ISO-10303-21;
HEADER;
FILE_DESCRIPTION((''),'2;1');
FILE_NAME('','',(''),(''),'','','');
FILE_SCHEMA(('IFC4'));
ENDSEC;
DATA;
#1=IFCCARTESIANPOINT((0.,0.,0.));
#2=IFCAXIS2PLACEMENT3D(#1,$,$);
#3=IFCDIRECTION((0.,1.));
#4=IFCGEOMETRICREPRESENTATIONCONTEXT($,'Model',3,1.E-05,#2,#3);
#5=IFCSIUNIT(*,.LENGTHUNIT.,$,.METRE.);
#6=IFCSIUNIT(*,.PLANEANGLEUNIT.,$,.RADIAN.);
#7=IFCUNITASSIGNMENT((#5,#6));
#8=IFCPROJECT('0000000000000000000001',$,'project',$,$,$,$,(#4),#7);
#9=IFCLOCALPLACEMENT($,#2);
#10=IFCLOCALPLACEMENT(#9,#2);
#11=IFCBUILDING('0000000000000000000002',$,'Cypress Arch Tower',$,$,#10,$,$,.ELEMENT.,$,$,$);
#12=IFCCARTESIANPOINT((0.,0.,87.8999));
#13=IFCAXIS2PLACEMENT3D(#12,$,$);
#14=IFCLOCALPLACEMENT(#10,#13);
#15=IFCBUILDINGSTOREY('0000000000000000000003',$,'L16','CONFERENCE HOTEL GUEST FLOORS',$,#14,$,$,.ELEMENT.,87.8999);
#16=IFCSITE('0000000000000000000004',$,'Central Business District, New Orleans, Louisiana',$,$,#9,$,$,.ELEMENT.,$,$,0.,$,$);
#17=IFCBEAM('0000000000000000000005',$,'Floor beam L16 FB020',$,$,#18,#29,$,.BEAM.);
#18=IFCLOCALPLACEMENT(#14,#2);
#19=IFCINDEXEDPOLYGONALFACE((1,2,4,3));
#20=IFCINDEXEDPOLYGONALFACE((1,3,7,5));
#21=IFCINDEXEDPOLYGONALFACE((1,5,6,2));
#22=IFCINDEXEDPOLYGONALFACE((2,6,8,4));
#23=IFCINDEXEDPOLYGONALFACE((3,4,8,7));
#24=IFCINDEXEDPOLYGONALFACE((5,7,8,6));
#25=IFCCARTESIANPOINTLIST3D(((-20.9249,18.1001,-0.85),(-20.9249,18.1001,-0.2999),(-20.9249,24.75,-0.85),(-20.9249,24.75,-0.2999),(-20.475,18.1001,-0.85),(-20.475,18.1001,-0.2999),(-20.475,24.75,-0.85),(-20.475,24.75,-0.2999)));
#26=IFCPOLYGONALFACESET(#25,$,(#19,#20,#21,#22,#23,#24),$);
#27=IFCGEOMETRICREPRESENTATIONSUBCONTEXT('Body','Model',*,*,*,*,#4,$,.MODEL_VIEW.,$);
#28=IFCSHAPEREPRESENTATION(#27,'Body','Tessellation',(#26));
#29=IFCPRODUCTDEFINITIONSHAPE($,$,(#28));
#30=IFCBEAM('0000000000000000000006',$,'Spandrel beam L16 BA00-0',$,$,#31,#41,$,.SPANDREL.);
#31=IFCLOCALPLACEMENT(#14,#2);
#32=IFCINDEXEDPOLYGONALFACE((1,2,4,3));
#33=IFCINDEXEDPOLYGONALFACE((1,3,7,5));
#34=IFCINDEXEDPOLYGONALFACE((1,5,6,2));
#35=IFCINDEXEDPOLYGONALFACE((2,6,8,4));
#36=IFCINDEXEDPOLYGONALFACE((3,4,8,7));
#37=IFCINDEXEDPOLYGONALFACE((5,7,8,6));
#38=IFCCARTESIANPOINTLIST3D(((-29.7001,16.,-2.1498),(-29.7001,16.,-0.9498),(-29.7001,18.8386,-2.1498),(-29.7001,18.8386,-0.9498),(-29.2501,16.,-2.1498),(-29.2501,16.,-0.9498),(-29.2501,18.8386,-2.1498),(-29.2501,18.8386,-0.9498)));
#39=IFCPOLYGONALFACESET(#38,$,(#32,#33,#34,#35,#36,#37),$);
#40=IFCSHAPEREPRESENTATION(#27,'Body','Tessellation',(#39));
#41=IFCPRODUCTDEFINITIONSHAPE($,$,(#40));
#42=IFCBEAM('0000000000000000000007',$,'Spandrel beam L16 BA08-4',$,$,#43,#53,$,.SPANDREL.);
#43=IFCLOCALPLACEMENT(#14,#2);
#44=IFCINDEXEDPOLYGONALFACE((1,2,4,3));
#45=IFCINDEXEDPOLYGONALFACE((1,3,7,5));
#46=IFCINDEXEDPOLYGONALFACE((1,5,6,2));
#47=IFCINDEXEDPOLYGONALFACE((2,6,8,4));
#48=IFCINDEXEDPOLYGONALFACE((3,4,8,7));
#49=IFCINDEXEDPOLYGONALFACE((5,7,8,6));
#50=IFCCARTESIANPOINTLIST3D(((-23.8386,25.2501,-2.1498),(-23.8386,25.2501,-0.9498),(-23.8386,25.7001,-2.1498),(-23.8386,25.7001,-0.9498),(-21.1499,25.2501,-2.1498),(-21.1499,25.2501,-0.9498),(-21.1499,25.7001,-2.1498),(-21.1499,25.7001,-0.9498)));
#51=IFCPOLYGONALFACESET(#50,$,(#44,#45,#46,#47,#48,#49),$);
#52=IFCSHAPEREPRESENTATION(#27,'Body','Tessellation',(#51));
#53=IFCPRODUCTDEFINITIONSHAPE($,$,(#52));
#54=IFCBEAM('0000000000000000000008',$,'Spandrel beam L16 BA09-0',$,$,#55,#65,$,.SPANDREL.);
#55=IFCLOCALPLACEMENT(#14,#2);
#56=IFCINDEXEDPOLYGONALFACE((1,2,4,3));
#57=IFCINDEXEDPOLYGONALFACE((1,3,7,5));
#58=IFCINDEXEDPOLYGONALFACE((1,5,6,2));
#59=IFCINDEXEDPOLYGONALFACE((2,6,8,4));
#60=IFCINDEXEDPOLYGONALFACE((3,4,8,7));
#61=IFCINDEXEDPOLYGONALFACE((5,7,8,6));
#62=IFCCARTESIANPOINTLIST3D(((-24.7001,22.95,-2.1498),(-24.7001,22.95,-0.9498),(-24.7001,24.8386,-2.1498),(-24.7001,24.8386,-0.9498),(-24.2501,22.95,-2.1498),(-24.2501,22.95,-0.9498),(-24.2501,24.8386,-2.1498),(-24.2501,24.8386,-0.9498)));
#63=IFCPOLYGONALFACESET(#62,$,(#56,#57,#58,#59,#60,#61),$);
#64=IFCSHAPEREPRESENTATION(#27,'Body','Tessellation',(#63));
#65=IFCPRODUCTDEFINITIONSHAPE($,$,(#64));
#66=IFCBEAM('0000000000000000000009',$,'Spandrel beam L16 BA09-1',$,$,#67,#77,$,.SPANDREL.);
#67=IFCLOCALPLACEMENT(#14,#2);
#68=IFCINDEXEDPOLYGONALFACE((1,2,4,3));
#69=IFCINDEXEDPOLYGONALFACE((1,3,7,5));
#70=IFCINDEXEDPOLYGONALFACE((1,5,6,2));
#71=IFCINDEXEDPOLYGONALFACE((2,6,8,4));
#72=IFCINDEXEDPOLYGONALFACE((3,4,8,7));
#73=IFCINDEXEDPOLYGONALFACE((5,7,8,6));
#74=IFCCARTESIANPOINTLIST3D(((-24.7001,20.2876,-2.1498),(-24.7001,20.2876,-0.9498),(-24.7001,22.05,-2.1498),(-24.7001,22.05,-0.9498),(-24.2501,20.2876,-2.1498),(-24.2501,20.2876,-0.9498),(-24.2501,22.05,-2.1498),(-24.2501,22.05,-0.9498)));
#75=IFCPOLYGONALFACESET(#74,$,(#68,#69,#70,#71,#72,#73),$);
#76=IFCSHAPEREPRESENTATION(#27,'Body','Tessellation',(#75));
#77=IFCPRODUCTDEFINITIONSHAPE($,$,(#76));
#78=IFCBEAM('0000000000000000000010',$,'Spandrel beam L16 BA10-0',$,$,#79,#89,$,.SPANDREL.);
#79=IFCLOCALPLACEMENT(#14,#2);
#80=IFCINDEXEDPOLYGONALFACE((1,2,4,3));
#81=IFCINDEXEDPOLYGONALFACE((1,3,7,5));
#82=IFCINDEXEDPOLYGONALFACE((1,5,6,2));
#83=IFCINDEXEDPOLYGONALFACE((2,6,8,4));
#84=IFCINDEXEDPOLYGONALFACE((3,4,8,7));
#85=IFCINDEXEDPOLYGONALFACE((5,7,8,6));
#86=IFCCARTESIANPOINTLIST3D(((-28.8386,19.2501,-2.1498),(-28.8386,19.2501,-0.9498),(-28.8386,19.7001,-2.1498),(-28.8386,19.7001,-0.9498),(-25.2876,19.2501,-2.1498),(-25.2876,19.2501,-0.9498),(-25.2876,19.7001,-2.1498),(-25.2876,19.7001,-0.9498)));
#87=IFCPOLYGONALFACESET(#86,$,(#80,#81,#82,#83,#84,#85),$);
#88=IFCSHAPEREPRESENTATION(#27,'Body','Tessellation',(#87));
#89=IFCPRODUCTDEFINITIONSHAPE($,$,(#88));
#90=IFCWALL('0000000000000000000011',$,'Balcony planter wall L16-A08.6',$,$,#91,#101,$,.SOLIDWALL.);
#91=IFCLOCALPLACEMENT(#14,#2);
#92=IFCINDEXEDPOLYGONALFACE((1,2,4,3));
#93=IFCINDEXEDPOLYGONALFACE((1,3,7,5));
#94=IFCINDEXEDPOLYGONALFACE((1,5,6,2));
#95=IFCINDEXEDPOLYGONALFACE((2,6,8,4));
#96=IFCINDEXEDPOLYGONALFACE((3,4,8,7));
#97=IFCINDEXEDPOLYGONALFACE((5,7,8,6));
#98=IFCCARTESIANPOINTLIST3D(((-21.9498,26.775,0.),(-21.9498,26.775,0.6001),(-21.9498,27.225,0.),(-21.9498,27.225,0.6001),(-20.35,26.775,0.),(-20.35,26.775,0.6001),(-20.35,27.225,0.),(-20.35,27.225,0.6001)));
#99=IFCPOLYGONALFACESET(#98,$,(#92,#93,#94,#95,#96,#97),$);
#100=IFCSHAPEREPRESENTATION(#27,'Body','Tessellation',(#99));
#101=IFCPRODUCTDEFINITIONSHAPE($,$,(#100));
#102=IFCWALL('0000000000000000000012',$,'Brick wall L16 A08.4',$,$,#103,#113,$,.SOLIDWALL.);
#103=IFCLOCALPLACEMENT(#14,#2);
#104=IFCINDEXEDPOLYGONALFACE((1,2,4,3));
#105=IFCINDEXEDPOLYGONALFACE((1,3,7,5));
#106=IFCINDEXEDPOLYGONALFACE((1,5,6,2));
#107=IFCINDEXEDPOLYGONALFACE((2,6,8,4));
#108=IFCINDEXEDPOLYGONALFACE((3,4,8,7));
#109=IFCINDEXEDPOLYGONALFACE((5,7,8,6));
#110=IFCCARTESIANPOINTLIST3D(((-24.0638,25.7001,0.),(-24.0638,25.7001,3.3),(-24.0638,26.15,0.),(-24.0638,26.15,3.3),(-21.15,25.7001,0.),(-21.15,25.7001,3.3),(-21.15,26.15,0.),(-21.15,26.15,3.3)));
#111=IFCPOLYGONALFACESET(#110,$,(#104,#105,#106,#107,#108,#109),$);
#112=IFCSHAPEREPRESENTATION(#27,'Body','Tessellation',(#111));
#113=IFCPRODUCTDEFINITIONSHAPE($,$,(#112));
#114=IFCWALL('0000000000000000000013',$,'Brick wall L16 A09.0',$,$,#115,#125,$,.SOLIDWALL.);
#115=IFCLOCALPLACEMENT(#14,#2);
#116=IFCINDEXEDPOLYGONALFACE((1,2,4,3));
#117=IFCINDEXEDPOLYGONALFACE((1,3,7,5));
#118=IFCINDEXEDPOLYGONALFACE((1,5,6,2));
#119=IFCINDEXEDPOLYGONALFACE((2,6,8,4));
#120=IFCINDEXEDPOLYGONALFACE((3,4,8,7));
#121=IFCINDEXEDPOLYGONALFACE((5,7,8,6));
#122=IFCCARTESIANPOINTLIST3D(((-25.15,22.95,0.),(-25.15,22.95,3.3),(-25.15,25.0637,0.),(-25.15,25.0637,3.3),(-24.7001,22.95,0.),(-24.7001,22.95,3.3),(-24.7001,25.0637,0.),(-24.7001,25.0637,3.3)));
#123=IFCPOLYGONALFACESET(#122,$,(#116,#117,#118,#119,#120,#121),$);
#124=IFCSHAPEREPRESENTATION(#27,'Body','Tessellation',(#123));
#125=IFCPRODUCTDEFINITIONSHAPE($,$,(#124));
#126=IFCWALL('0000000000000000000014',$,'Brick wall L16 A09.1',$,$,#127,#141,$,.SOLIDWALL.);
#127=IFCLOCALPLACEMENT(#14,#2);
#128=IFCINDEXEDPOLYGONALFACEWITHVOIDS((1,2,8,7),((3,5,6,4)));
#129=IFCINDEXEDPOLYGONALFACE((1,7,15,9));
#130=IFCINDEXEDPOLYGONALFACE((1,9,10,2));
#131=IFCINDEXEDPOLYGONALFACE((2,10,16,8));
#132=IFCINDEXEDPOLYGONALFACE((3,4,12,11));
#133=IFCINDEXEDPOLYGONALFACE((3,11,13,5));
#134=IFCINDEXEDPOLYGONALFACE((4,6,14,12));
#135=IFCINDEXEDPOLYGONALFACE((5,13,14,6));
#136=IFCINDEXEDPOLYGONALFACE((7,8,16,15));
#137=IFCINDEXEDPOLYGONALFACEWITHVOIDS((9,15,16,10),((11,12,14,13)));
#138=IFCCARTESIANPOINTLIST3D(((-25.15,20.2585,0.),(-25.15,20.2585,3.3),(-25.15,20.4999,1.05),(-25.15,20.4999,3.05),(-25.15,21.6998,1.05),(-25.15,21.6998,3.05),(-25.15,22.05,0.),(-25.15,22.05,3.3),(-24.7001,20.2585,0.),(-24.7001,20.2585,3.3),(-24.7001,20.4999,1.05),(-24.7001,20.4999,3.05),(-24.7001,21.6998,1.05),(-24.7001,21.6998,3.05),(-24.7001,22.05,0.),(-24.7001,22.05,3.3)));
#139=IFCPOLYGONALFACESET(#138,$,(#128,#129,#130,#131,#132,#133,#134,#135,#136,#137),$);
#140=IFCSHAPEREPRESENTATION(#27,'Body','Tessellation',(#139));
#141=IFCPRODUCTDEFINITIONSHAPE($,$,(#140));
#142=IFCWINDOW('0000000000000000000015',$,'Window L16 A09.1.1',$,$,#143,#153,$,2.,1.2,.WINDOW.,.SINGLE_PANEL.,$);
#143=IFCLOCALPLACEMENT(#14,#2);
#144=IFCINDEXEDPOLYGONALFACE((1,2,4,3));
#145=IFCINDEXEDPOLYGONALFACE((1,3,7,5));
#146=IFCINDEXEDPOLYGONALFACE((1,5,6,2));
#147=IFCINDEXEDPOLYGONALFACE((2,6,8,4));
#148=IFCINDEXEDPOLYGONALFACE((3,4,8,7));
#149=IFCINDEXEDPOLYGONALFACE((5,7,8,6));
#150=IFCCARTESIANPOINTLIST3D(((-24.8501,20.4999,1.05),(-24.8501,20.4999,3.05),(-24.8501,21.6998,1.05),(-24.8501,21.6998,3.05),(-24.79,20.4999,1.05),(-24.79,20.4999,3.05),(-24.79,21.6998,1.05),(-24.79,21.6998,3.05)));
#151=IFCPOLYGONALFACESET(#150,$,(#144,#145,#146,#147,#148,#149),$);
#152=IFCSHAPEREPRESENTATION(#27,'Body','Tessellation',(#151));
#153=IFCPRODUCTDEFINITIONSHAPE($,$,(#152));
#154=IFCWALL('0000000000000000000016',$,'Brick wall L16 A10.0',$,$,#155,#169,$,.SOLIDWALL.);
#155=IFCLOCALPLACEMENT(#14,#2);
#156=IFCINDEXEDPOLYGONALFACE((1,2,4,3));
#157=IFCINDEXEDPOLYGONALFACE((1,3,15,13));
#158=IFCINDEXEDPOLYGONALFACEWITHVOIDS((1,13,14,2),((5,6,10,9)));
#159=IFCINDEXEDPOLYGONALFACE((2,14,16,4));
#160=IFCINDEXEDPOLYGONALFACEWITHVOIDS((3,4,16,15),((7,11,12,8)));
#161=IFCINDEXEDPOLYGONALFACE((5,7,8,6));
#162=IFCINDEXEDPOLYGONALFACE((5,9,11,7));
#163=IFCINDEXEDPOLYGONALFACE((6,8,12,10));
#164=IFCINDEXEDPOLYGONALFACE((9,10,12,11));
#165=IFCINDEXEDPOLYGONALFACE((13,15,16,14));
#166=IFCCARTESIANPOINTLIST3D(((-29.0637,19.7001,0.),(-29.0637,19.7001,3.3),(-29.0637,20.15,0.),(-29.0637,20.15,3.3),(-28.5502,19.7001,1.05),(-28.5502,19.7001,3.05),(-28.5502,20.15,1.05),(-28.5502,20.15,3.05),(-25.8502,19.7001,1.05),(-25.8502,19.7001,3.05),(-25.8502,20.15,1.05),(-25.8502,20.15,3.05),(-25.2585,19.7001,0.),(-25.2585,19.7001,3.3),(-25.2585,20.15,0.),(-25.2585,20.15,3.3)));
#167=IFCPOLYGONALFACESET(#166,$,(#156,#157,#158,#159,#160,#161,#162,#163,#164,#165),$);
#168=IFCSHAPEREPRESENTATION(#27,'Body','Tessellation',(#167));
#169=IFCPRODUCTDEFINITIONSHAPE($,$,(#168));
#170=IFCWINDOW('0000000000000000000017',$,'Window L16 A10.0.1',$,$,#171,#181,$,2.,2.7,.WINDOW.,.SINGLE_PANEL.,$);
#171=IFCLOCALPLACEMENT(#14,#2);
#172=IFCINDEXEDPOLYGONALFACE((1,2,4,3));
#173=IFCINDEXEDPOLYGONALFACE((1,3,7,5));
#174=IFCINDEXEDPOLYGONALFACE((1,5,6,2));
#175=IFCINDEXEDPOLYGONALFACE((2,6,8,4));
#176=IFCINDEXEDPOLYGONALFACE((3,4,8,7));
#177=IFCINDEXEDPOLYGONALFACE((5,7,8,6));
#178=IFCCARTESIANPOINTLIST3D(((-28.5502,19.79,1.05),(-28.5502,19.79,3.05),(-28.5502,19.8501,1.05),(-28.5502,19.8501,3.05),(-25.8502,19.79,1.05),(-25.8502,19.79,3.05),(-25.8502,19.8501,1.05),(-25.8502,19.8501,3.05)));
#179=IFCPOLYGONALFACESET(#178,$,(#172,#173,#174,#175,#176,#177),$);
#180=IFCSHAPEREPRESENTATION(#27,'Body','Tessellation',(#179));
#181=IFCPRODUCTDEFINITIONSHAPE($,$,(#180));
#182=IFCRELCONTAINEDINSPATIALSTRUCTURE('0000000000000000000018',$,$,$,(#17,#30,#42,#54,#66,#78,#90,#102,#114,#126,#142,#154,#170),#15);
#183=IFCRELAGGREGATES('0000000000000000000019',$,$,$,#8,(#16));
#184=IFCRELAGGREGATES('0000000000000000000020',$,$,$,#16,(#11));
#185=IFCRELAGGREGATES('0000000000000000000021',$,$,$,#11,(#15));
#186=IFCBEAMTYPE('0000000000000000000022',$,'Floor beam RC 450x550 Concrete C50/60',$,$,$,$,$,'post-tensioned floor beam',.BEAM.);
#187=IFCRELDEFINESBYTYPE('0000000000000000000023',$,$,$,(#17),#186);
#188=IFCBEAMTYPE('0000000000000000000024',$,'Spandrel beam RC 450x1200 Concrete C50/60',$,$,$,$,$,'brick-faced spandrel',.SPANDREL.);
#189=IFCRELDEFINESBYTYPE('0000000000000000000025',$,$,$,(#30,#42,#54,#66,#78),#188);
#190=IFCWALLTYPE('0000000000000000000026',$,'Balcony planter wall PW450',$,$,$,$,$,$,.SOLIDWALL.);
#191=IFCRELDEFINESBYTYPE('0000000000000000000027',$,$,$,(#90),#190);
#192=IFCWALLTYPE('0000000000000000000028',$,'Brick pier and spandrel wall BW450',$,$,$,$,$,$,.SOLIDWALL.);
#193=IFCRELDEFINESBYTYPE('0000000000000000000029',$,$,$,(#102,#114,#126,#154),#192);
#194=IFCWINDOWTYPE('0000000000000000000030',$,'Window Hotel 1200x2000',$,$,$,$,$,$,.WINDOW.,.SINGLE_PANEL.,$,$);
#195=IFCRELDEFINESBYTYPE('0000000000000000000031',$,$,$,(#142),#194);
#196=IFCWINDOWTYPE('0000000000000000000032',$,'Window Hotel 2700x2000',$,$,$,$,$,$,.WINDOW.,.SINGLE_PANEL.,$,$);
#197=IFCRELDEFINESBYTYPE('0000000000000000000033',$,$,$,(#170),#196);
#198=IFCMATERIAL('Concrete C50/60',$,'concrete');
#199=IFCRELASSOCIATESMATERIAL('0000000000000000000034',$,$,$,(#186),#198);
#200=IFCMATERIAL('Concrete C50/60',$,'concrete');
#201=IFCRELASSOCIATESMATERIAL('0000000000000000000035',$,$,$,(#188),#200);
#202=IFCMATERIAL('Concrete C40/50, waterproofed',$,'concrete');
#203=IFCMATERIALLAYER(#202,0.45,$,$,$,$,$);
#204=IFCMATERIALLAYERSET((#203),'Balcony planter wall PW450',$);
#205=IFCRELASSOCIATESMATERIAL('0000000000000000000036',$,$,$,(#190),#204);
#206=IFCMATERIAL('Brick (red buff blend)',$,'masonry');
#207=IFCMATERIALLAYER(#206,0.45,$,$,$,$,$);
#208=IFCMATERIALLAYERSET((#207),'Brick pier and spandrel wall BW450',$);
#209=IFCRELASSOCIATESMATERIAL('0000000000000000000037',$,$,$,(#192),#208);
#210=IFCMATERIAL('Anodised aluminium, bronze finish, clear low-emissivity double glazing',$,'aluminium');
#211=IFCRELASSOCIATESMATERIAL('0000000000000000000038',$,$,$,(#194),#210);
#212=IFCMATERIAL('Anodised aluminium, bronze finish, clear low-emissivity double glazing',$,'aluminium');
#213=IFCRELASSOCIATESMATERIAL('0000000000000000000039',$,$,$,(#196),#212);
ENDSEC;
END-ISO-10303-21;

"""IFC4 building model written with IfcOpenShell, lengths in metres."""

from ifc_helpers import new_model, si_unit, direction, frame, frame_2d, origin, origin_2d, place, context, subcontext, project, spatial, rectangle, extrude, material, layer, layer_set, material_profile, profile_set, type_object, element, fill, save


model = new_model("IFC4")

# Units and contexts
model_context = context("Model", 3, precision=1e-05, world=origin(), true_north=direction((0.0, 1.0)))
body_context = subcontext(model_context, "Body", "Model", "MODEL_VIEW")
ifc_project = project(units=[si_unit("LENGTHUNIT", "METRE"), si_unit("PLANEANGLEUNIT", "RADIAN")], contexts=[model_context])

# Site, building, storey
site_placement = place(None, origin())
site = spatial("IfcSite", under=ifc_project, at=site_placement, Name="Central Business District, New Orleans, Louisiana", CompositionType="ELEMENT", RefElevation=0.0)
building_placement = place(site_placement, origin())
building = spatial("IfcBuilding", under=site, at=building_placement, Name="Cypress Arch Tower", CompositionType="ELEMENT")
storey_placement = place(building_placement, frame((0.0, 0.0, 87.8999)))
storey = spatial("IfcBuildingStorey", under=building, at=storey_placement, Name="L16", Description="CONFERENCE HOTEL GUEST FLOORS", CompositionType="ELEMENT", Elevation=87.8999)

# Beams
ifc_material_1 = material(Name="Concrete C50/60", Category="concrete")
ifc_material_profile_1 = material_profile(ifc_material_1, rectangle(XDim=0.45, YDim=0.55, at=origin_2d()), Name="RC 450x550")
ifc_profile_set_1 = profile_set([ifc_material_profile_1], Name="Concrete C50/60")
beam_type_1 = type_object("IfcBeamType", Name="Floor beam RC 450x550 Concrete C50/60", ElementType="post-tensioned floor beam", PredefinedType="BEAM", material=ifc_profile_set_1)
beam_1_placement = place(storey_placement, frame((-20.7, 18.1001, -0.575), z_axis=(0.0, 1.0, 0.0), x_axis=(-1.0, 0.0, 0.0)))
element("IfcBeam", 1, at=beam_1_placement, inside=storey, type_object=beam_type_1, Name="Floor beam L16 FB020", PredefinedType="BEAM", context=body_context, shape_type="SweptSolid", body=[
    extrude(rectangle(XDim=0.45, YDim=0.55, at=origin_2d()), origin(), (0.0, 0.0, 1.0), 6.6499),
])
ifc_material_2 = material(Name="Concrete C50/60", Category="concrete")
ifc_material_profile_2 = material_profile(ifc_material_2, rectangle(XDim=0.45, YDim=1.2, at=origin_2d()), Name="RC 450x1200")
ifc_profile_set_2 = profile_set([ifc_material_profile_2], Name="Concrete C50/60")
beam_type_2 = type_object("IfcBeamType", Name="Spandrel beam RC 450x1200 Concrete C50/60", ElementType="brick-faced spandrel", PredefinedType="SPANDREL", material=ifc_profile_set_2)
beam_2_placement = place(storey_placement, frame((-29.4751, 18.8386, -1.5498), z_axis=(0.0, -1.0, 0.0), x_axis=(1.0, 0.0, 0.0)))
element("IfcBeam", 2, at=beam_2_placement, inside=storey, type_object=beam_type_2, Name="Spandrel beam L16 BA00-0", PredefinedType="SPANDREL", context=body_context, shape_type="SweptSolid", body=[
    extrude(rectangle(XDim=0.45, YDim=1.2, at=origin_2d()), origin(), (0.0, 0.0, 1.0), 2.8386),
])
beam_3_placement = place(storey_placement, frame((-21.1499, 25.4751, -1.5498), z_axis=(-1.0, 0.0, 0.0), x_axis=(0.0, -1.0, 0.0)))
element("IfcBeam", 3, at=beam_3_placement, inside=storey, type_object=beam_type_2, Name="Spandrel beam L16 BA08-4", PredefinedType="SPANDREL", context=body_context, shape_type="SweptSolid", body=[
    extrude(rectangle(XDim=0.45, YDim=1.2, at=origin_2d()), origin(), (0.0, 0.0, 1.0), 2.6887),
])
beam_4_placement = place(storey_placement, frame((-24.4751, 24.8386, -1.5498), z_axis=(0.0, -1.0, 0.0), x_axis=(1.0, 0.0, 0.0)))
element("IfcBeam", 4, at=beam_4_placement, inside=storey, type_object=beam_type_2, Name="Spandrel beam L16 BA09-0", PredefinedType="SPANDREL", context=body_context, shape_type="SweptSolid", body=[
    extrude(rectangle(XDim=0.45, YDim=1.2, at=origin_2d()), origin(), (0.0, 0.0, 1.0), 1.8887),
])
beam_5_placement = place(storey_placement, frame((-24.4751, 22.05, -1.5498), z_axis=(0.0, -1.0, 0.0), x_axis=(1.0, 0.0, 0.0)))
element("IfcBeam", 5, at=beam_5_placement, inside=storey, type_object=beam_type_2, Name="Spandrel beam L16 BA09-1", PredefinedType="SPANDREL", context=body_context, shape_type="SweptSolid", body=[
    extrude(rectangle(XDim=0.45, YDim=1.2, at=origin_2d()), origin(), (0.0, 0.0, 1.0), 1.7625),
])
beam_6_placement = place(storey_placement, frame((-25.2876, 19.4751, -1.5498), z_axis=(-1.0, 0.0, 0.0), x_axis=(0.0, -1.0, 0.0)))
element("IfcBeam", 6, at=beam_6_placement, inside=storey, type_object=beam_type_2, Name="Spandrel beam L16 BA10-0", PredefinedType="SPANDREL", context=body_context, shape_type="SweptSolid", body=[
    extrude(rectangle(XDim=0.45, YDim=1.2, at=origin_2d()), origin(), (0.0, 0.0, 1.0), 3.551),
])

# Wall
ifc_material_3 = material(Name="Concrete C40/50, waterproofed", Category="concrete")
ifc_layer_1 = layer(ifc_material_3, 0.45)
ifc_layer_set_1 = layer_set([ifc_layer_1], Name="Balcony planter wall PW450")
wall_type_1 = type_object("IfcWallType", Name="Balcony planter wall PW450", PredefinedType="SOLIDWALL", material=ifc_layer_set_1)
wall_1_placement = place(storey_placement, frame((-20.3501, 27.0, 0.0), z_axis=(0.0, 0.0, 1.0), x_axis=(-1.0, 0.0, 0.0)))
element("IfcWall", 7, at=wall_1_placement, inside=storey, type_object=wall_type_1, Name="Balcony planter wall L16-A08.6", PredefinedType="SOLIDWALL", context=body_context, shape_type="SweptSolid", body=[
    extrude(rectangle(XDim=1.5999, YDim=0.45, at=frame_2d((0.7998, 0.0))), origin(), (0.0, 0.0, 1.0), 0.6001),
])

# Shared definitions
ifc_material_4 = material(Name="Brick (red buff blend)", Category="masonry")
ifc_layer_2 = layer(ifc_material_4, 0.45)
ifc_layer_set_2 = layer_set([ifc_layer_2], Name="Brick pier and spandrel wall BW450")
wall_type_2 = type_object("IfcWallType", Name="Brick pier and spandrel wall BW450", PredefinedType="SOLIDWALL", material=ifc_layer_set_2)

# Walls
wall_2_placement = place(storey_placement, frame((-21.1499, 25.925, 0.0), z_axis=(0.0, 0.0, 1.0), x_axis=(-1.0, 0.0, 0.0)))
element("IfcWall", 8, at=wall_2_placement, inside=storey, type_object=wall_type_2, Name="Brick wall L16 A08.4", PredefinedType="SOLIDWALL", context=body_context, shape_type="SweptSolid", body=[
    extrude(rectangle(XDim=2.9138, YDim=0.45, at=frame_2d((1.457, 0.0))), origin(), (0.0, 0.0, 1.0), 3.3),
])
wall_3_placement = place(storey_placement, frame((-24.925, 25.0637, 0.0), z_axis=(0.0, 0.0, 1.0), x_axis=(0.0, -1.0, 0.0)))
element("IfcWall", 9, at=wall_3_placement, inside=storey, type_object=wall_type_2, Name="Brick wall L16 A09.0", PredefinedType="SOLIDWALL", context=body_context, shape_type="SweptSolid", body=[
    extrude(rectangle(XDim=2.1138, YDim=0.45, at=frame_2d((1.0569, 0.0))), origin(), (0.0, 0.0, 1.0), 3.3),
])

# Walls, openings, windows
wall_4_placement = place(storey_placement, frame((-24.925, 22.05, 0.0), z_axis=(0.0, 0.0, 1.0), x_axis=(0.0, -1.0, 0.0)))
wall_4 = element("IfcWall", 10, at=wall_4_placement, inside=storey, type_object=wall_type_2, Name="Brick wall L16 A09.1", PredefinedType="SOLIDWALL", context=body_context, shape_type="SweptSolid", body=[
    extrude(rectangle(XDim=1.7915, YDim=0.45, at=frame_2d((0.8958, 0.0))), origin(), (0.0, 0.0, 1.0), 3.3),
])
opening_1_placement = place(wall_4_placement, frame((0.3501, 0.0, 1.05)))
opening_1 = element("IfcOpeningElement", 11, at=opening_1_placement, cuts=wall_4, PredefinedType="OPENING", context=body_context, shape_type="SweptSolid", body=[
    extrude(rectangle(XDim=1.2, YDim=2.0, at=frame_2d((0.6001, 1.0))), frame((0.0, 0.2349, 0.0), z_axis=(0.0, -1.0, 0.0), x_axis=(1.0, 0.0, 0.0)), (0.0, 0.0, 1.0), 0.47),
])
ifc_material_5 = material(Name="Anodised aluminium, bronze finish, clear low-emissivity double glazing", Category="aluminium")
window_type_1 = type_object("IfcWindowType", Name="Window Hotel 1200x2000", PartitioningType="SINGLE_PANEL", PredefinedType="WINDOW", material=ifc_material_5)
window_1_placement = place(opening_1_placement, origin())
window_1 = element("IfcWindow", 12, at=window_1_placement, inside=storey, type_object=window_type_1, Name="Window L16 A09.1.1", OverallHeight=2.0, OverallWidth=1.2, PartitioningType="SINGLE_PANEL", PredefinedType="WINDOW", context=body_context, shape_type="SweptSolid", body=[
    extrude(rectangle(XDim=1.2, YDim=2.0, at=frame_2d((0.6001, 1.0))), frame((0.0, 0.135, 0.0), z_axis=(0.0, -1.0, 0.0), x_axis=(1.0, 0.0, 0.0)), (0.0, 0.0, 1.0), 0.0601),
])
fill(opening_1, window_1)
wall_5_placement = place(storey_placement, frame((-25.2585, 19.925, 0.0), z_axis=(0.0, 0.0, 1.0), x_axis=(-1.0, 0.0, 0.0)))
wall_5 = element("IfcWall", 13, at=wall_5_placement, inside=storey, type_object=wall_type_2, Name="Brick wall L16 A10.0", PredefinedType="SOLIDWALL", context=body_context, shape_type="SweptSolid", body=[
    extrude(rectangle(XDim=3.8052, YDim=0.45, at=frame_2d((1.9026, 0.0))), origin(), (0.0, 0.0, 1.0), 3.3),
])
opening_2_placement = place(wall_5_placement, frame((0.5916, 0.0, 1.05)))
opening_2 = element("IfcOpeningElement", 14, at=opening_2_placement, cuts=wall_5, PredefinedType="OPENING", context=body_context, shape_type="SweptSolid", body=[
    extrude(rectangle(XDim=2.7, YDim=2.0, at=frame_2d((1.3501, 1.0))), frame((0.0, 0.2349, 0.0), z_axis=(0.0, -1.0, 0.0), x_axis=(1.0, 0.0, 0.0)), (0.0, 0.0, 1.0), 0.47),
])
ifc_material_6 = material(Name="Anodised aluminium, bronze finish, clear low-emissivity double glazing", Category="aluminium")
window_type_2 = type_object("IfcWindowType", Name="Window Hotel 2700x2000", PartitioningType="SINGLE_PANEL", PredefinedType="WINDOW", material=ifc_material_6)
window_2_placement = place(opening_2_placement, origin())
window_2 = element("IfcWindow", 15, at=window_2_placement, inside=storey, type_object=window_type_2, Name="Window L16 A10.0.1", OverallHeight=2.0, OverallWidth=2.7, PartitioningType="SINGLE_PANEL", PredefinedType="WINDOW", context=body_context, shape_type="SweptSolid", body=[
    extrude(rectangle(XDim=2.7, YDim=2.0, at=frame_2d((1.3501, 1.0))), frame((0.0, 0.135, 0.0), z_axis=(0.0, -1.0, 0.0), x_axis=(1.0, 0.0, 0.0)), (0.0, 0.0, 1.0), 0.0601),
])
fill(opening_2, window_2)

save(model, "model.ifc")
